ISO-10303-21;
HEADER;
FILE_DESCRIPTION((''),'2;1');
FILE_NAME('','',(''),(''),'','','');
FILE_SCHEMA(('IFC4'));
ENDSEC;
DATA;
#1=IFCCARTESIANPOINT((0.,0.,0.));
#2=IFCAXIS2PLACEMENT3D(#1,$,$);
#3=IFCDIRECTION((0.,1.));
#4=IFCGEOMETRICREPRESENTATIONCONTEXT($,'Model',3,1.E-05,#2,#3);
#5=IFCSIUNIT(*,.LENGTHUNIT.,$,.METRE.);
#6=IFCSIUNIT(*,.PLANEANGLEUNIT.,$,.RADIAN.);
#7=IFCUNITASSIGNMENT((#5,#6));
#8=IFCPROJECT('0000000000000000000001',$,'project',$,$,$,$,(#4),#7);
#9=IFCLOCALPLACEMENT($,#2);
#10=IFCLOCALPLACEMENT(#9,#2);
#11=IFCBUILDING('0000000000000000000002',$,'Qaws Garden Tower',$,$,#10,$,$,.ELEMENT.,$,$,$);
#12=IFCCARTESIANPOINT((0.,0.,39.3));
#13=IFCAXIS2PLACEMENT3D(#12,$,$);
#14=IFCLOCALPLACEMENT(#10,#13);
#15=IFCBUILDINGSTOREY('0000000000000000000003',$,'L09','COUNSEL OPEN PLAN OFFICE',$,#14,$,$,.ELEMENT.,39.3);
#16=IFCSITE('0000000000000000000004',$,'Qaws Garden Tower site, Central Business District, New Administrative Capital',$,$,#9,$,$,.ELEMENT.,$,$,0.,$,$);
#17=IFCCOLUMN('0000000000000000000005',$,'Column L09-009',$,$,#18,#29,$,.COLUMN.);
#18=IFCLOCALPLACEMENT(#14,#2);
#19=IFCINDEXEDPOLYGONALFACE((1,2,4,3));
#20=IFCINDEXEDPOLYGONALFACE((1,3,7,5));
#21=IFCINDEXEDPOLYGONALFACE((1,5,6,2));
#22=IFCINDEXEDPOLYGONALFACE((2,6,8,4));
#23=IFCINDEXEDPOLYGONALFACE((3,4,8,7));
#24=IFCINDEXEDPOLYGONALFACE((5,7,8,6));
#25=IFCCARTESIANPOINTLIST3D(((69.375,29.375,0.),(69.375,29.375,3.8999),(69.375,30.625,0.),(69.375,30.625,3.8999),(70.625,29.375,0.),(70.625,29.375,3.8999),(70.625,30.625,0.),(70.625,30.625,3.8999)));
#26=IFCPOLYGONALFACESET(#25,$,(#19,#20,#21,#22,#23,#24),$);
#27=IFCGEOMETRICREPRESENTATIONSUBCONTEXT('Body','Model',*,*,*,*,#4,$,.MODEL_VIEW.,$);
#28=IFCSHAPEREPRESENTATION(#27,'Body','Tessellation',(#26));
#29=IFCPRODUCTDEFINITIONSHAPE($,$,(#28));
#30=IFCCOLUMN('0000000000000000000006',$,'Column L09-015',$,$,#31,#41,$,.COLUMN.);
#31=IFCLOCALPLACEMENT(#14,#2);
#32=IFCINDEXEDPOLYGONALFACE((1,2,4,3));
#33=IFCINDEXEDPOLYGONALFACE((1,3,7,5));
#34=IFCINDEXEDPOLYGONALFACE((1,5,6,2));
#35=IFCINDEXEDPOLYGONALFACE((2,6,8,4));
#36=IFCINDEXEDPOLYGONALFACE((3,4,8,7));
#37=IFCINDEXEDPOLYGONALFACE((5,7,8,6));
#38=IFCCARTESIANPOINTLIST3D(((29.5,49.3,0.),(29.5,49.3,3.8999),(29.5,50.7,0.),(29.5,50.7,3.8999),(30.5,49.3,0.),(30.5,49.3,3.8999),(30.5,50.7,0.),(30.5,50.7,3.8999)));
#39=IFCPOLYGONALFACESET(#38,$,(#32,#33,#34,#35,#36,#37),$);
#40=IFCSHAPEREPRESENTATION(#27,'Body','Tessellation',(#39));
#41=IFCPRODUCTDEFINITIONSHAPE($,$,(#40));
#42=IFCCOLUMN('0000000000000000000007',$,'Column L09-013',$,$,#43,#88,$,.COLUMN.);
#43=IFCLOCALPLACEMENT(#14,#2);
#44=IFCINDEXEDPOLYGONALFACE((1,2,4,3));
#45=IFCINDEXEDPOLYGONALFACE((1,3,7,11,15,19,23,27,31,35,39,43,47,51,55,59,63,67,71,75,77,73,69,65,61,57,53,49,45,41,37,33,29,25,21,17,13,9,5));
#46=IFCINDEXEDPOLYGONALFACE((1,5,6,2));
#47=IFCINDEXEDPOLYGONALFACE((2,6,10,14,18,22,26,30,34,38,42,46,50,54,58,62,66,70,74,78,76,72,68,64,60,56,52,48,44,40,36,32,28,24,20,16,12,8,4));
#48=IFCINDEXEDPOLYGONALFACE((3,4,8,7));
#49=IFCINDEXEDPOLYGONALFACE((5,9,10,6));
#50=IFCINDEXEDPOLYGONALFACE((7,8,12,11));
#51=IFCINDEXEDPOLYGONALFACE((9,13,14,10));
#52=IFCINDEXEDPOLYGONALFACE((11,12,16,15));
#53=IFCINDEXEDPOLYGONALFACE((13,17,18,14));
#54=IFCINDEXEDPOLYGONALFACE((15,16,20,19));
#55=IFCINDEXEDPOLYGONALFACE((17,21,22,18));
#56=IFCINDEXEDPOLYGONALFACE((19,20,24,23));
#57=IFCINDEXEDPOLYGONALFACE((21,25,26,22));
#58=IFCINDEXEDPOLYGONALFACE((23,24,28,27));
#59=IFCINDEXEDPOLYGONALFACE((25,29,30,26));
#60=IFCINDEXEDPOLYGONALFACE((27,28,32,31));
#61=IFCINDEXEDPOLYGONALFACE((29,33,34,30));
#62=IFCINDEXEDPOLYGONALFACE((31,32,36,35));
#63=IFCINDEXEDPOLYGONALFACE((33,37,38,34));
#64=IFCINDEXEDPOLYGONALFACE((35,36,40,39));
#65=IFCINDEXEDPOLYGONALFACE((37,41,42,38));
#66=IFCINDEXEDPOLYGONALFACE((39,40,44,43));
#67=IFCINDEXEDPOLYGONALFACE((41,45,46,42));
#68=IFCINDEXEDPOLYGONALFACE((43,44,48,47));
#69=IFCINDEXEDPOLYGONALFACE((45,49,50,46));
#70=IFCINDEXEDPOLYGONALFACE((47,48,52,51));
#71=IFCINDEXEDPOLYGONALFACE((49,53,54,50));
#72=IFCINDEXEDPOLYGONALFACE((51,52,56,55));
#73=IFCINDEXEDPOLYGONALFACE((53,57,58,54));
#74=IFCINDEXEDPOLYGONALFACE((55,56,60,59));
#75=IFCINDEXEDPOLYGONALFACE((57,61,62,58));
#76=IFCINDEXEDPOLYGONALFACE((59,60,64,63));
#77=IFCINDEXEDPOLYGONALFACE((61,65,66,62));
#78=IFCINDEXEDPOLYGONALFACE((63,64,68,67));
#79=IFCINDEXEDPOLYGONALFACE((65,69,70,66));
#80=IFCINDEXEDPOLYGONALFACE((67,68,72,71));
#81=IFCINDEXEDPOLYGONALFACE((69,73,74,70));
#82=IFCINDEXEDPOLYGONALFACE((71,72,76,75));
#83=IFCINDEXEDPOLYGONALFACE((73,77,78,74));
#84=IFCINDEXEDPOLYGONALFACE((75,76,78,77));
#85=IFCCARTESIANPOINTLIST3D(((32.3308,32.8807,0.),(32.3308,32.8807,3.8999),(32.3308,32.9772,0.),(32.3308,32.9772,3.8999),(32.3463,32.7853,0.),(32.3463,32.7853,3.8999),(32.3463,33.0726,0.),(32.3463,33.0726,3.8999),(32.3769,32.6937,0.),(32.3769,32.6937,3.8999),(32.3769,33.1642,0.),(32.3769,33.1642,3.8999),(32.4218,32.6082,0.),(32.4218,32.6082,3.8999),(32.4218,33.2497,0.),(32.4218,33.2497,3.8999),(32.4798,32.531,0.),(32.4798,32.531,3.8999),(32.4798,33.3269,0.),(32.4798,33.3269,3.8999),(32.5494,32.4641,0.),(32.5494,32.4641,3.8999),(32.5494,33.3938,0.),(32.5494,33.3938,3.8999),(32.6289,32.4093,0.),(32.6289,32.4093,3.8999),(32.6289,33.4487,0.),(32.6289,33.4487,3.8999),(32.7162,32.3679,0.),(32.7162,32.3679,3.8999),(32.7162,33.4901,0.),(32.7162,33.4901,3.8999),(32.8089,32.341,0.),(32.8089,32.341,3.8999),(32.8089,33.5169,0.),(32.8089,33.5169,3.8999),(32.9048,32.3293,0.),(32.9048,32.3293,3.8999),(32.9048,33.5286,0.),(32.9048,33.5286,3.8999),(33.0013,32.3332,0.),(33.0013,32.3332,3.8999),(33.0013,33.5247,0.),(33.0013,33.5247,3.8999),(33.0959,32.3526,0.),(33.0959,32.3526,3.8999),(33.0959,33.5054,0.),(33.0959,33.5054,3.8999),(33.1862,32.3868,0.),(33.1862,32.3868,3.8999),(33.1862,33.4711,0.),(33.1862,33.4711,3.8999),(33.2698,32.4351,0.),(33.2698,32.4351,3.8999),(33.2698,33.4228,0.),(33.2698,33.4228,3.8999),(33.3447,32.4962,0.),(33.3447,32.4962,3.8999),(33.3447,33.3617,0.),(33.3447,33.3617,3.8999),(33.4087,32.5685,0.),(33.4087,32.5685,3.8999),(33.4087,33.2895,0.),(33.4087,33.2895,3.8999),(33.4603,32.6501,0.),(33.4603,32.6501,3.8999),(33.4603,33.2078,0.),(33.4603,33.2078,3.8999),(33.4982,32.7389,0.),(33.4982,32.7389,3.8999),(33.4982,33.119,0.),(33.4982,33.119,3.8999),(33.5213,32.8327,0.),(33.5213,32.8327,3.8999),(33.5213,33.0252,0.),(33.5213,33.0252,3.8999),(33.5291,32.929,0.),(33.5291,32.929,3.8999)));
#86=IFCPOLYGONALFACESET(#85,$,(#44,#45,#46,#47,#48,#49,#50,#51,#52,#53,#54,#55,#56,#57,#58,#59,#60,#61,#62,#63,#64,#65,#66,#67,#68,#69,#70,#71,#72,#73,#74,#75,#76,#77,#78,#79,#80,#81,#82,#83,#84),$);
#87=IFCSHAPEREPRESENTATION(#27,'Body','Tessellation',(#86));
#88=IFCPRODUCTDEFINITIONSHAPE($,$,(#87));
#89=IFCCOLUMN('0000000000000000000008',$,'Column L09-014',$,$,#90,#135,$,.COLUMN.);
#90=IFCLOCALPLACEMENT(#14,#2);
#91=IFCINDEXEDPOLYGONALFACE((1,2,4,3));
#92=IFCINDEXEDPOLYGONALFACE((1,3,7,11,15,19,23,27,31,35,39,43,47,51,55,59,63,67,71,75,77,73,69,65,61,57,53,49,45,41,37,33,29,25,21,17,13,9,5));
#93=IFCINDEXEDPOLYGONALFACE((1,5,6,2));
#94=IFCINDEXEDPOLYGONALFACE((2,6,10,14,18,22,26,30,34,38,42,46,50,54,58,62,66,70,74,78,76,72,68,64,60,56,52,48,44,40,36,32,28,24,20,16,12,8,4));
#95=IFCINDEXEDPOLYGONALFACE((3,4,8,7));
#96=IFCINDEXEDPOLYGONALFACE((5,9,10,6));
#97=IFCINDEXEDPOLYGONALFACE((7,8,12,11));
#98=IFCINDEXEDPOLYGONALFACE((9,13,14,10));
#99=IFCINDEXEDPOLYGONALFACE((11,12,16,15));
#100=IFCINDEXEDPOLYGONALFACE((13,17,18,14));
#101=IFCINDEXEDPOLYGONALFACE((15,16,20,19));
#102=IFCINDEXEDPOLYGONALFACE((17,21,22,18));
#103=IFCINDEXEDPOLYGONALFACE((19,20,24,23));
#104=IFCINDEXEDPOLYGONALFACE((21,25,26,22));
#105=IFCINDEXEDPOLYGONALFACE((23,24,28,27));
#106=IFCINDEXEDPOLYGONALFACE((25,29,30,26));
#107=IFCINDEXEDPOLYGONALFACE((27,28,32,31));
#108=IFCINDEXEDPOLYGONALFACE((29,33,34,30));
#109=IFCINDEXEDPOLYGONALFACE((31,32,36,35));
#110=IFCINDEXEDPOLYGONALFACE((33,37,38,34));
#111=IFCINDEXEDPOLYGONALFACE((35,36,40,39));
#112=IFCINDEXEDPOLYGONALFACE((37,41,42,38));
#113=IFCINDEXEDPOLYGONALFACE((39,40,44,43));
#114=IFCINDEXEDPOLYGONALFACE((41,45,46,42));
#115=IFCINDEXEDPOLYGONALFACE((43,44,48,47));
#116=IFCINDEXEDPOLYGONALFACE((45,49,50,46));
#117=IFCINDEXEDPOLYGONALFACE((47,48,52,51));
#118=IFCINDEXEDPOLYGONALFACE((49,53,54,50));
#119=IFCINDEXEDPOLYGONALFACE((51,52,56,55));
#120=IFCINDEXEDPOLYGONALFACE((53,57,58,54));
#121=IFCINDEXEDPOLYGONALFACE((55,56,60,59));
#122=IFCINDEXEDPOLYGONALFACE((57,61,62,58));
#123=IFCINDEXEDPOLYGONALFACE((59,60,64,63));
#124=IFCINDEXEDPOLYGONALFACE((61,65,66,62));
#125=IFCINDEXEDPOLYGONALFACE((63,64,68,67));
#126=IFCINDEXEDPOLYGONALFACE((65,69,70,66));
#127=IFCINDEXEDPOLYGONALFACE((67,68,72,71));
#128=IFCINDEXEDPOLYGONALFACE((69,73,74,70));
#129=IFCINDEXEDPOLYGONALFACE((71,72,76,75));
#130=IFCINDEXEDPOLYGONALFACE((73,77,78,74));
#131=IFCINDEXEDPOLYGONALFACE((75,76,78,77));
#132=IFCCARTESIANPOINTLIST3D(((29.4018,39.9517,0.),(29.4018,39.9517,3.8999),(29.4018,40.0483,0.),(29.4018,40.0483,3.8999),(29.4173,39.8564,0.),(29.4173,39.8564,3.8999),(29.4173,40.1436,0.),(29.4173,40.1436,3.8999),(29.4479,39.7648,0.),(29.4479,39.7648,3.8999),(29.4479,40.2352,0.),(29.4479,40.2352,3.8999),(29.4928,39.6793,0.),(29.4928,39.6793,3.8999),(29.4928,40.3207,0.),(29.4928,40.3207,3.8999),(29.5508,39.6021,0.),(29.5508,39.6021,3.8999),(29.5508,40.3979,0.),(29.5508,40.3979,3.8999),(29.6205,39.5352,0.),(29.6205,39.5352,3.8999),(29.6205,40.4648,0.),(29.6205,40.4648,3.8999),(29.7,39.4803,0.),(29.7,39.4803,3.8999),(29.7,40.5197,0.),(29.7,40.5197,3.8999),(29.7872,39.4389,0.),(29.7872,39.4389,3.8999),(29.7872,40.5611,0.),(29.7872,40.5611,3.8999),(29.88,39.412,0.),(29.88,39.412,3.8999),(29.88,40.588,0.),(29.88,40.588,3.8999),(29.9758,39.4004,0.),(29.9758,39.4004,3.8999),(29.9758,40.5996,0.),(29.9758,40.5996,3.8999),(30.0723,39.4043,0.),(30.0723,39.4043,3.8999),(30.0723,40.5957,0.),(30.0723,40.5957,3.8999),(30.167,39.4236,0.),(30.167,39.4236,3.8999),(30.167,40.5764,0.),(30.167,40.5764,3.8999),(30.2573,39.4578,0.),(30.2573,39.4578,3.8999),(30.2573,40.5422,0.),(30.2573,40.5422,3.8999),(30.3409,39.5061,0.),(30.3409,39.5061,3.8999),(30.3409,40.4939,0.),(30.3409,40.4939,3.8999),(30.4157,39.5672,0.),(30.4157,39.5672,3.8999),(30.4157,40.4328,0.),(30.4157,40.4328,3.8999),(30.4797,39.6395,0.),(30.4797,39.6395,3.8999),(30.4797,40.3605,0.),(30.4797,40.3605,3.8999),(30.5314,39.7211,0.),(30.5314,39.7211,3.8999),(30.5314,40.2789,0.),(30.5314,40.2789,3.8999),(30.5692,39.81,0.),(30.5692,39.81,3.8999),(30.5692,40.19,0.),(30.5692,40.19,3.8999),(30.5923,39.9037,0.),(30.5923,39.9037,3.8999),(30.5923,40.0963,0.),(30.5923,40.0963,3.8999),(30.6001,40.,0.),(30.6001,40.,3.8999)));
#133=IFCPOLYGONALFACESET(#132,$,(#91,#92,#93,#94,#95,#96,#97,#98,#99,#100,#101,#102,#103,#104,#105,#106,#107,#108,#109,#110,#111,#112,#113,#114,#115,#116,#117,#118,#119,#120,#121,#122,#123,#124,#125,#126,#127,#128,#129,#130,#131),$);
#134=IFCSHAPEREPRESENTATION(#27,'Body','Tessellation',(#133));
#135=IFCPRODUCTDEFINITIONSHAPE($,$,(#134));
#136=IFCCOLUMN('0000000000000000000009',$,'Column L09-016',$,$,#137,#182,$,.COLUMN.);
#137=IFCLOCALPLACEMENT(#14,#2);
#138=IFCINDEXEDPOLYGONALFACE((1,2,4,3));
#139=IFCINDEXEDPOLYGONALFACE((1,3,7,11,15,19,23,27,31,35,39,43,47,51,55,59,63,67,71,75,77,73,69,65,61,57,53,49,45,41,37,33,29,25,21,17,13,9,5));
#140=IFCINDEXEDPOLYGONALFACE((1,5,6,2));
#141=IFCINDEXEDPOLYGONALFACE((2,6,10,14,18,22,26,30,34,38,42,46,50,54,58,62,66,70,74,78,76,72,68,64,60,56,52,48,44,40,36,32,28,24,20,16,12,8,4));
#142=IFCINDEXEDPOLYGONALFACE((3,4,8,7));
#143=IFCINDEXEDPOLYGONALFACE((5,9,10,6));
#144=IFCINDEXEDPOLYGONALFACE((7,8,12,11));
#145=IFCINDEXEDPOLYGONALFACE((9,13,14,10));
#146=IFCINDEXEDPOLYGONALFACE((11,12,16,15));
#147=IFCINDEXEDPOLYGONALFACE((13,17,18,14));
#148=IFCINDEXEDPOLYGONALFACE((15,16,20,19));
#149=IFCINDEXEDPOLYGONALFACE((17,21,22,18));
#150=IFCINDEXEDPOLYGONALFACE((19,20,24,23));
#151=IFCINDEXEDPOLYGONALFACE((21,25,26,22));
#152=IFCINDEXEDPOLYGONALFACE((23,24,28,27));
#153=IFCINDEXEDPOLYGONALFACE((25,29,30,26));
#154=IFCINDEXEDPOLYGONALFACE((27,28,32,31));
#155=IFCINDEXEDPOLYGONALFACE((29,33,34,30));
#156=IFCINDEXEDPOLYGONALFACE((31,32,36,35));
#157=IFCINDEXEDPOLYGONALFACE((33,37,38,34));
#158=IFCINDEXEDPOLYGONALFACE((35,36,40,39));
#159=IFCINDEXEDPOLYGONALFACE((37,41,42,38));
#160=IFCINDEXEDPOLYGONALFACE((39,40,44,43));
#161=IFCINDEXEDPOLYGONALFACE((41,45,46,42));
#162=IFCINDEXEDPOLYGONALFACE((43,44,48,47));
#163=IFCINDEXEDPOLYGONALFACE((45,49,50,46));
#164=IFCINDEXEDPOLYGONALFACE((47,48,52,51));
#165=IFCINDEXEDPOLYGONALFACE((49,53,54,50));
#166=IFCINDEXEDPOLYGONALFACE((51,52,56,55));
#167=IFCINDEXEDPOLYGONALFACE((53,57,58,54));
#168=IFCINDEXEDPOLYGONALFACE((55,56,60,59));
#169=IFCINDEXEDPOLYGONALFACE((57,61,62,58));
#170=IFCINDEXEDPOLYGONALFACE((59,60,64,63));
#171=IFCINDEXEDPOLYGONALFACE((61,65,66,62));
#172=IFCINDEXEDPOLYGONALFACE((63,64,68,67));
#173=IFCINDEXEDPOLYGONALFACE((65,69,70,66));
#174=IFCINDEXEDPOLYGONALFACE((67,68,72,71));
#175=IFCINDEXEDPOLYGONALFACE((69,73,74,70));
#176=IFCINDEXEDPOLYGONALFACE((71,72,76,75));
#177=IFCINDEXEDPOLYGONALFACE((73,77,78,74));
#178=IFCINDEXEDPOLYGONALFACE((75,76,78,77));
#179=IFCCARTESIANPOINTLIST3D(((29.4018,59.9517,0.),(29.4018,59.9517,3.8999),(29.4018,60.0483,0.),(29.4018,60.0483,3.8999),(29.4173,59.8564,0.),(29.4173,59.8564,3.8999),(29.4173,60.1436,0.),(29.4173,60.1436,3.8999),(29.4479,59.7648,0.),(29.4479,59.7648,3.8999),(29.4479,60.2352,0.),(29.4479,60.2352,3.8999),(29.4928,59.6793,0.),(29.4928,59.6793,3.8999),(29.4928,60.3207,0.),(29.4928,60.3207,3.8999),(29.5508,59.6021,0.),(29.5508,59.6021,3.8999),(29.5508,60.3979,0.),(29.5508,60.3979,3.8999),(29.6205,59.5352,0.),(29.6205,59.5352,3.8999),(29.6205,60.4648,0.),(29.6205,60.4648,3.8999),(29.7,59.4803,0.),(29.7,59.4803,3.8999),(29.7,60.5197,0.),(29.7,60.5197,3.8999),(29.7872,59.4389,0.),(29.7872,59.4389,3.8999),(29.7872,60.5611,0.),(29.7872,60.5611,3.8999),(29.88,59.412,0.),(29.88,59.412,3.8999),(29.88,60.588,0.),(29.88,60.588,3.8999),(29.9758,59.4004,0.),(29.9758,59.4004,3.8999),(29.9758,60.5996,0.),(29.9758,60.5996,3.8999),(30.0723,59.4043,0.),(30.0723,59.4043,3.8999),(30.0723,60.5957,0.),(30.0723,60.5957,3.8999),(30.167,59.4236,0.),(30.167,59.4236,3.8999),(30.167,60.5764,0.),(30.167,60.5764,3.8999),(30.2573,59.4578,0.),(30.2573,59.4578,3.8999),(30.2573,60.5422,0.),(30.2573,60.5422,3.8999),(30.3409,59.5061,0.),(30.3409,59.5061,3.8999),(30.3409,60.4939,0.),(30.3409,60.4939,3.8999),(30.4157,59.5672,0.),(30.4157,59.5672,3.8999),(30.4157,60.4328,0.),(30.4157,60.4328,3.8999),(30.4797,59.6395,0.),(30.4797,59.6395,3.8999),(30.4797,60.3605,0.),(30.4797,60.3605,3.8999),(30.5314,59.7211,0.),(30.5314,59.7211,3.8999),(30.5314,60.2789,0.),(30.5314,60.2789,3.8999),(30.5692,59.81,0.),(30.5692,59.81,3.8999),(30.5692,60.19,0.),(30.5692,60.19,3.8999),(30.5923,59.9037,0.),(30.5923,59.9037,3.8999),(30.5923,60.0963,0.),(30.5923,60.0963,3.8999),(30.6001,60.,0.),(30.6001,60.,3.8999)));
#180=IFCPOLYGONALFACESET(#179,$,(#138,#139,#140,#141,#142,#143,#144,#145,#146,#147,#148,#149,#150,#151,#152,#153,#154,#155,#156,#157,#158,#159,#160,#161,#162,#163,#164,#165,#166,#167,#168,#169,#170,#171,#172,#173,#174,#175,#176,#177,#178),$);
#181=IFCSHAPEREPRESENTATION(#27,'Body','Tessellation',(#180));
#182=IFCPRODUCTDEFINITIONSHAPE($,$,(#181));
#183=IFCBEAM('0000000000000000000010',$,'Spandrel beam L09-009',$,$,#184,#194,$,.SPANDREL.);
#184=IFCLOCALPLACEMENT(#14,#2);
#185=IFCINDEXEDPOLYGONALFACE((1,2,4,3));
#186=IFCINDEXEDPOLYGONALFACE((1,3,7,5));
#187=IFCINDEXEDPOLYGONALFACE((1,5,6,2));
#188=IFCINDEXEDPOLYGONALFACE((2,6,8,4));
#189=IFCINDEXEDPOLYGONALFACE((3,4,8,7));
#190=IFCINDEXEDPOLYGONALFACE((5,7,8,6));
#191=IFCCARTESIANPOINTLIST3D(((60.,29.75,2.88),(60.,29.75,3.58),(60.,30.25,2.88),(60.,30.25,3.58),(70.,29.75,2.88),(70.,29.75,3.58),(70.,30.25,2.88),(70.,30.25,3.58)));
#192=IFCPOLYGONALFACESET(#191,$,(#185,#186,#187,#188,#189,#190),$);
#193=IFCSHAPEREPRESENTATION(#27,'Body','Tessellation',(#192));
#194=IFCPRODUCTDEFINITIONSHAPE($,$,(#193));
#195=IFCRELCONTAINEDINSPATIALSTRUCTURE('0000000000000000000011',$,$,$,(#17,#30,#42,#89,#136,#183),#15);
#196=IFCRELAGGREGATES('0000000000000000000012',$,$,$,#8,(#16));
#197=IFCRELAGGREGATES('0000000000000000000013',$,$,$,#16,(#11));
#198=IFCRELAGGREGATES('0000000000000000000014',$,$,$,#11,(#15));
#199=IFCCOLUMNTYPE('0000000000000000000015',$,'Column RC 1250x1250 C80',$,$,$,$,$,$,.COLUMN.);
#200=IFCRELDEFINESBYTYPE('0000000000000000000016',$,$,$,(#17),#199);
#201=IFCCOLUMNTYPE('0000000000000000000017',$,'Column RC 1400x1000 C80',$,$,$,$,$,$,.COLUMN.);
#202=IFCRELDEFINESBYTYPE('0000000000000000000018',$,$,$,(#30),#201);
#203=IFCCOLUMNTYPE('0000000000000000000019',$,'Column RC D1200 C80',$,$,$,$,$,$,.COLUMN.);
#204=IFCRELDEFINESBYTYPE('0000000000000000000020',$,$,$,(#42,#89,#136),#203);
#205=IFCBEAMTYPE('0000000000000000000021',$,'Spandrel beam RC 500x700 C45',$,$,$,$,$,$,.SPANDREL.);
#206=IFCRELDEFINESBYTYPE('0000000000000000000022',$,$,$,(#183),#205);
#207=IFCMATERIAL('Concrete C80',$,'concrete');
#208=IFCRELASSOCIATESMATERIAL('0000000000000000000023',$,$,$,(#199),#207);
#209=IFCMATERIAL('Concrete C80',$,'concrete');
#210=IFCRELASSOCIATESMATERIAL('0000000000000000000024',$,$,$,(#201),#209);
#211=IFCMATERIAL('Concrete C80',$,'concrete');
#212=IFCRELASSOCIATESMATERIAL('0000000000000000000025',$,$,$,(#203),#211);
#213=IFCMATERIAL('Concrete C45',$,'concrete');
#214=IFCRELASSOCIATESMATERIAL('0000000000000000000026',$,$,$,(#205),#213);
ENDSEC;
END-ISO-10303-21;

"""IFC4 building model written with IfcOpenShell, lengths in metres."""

from ifc_helpers import new_model, si_unit, direction, frame, origin, origin_2d, place, context, subcontext, project, spatial, rectangle, circle, extrude, material, material_profile, profile_set, type_object, element, save


model = new_model("IFC4")

# Units and contexts
model_context = context("Model", 3, precision=1e-05, world=origin(), true_north=direction((0.0, 1.0)))
body_context = subcontext(model_context, "Body", "Model", "MODEL_VIEW")
ifc_project = project(units=[si_unit("LENGTHUNIT", "METRE"), si_unit("PLANEANGLEUNIT", "RADIAN")], contexts=[model_context])

# Site, building, storey
site_placement = place(None, origin())
site = spatial("IfcSite", under=ifc_project, at=site_placement, Name="Qaws Garden Tower site, Central Business District, New Administrative Capital", CompositionType="ELEMENT", RefElevation=0.0)
building_placement = place(site_placement, origin())
building = spatial("IfcBuilding", under=site, at=building_placement, Name="Qaws Garden Tower", CompositionType="ELEMENT")
storey_placement = place(building_placement, frame((0.0, 0.0, 39.3)))
storey = spatial("IfcBuildingStorey", under=building, at=storey_placement, Name="L09", Description="COUNSEL OPEN PLAN OFFICE", CompositionType="ELEMENT", Elevation=39.3)

# Columns
ifc_material_1 = material(Name="Concrete C80", Category="concrete")
ifc_material_profile_1 = material_profile(ifc_material_1, rectangle(XDim=1.25, YDim=1.25, at=origin_2d()), Name="RC 1250x1250")
ifc_profile_set_1 = profile_set([ifc_material_profile_1], Name="Concrete C80")
column_type_1 = type_object("IfcColumnType", Name="Column RC 1250x1250 C80", PredefinedType="COLUMN", material=ifc_profile_set_1)
column_1_placement = place(storey_placement, frame((70.0, 30.0, 0.0), z_axis=(0.0, 0.0, 1.0), x_axis=(1.0, 0.0, 0.0)))
element("IfcColumn", 1, at=column_1_placement, inside=storey, type_object=column_type_1, Name="Column L09-009", PredefinedType="COLUMN", context=body_context, shape_type="SweptSolid", body=[
    extrude(rectangle(XDim=1.25, YDim=1.25, at=origin_2d()), origin(), (0.0, 0.0, 1.0), 3.8999),
])
ifc_material_2 = material(Name="Concrete C80", Category="concrete")
ifc_material_profile_2 = material_profile(ifc_material_2, rectangle(XDim=1.3999, YDim=1.0, at=origin_2d()), Name="RC 1400x1000")
ifc_profile_set_2 = profile_set([ifc_material_profile_2], Name="Concrete C80")
column_type_2 = type_object("IfcColumnType", Name="Column RC 1400x1000 C80", PredefinedType="COLUMN", material=ifc_profile_set_2)
column_2_placement = place(storey_placement, frame((30.0, 50.0, 0.0), z_axis=(0.0, 0.0, 1.0), x_axis=(0.0, 1.0, 0.0)))
element("IfcColumn", 2, at=column_2_placement, inside=storey, type_object=column_type_2, Name="Column L09-015", PredefinedType="COLUMN", context=body_context, shape_type="SweptSolid", body=[
    extrude(rectangle(XDim=1.3999, YDim=1.0, at=origin_2d()), origin(), (0.0, 0.0, 1.0), 3.8999),
])
ifc_material_3 = material(Name="Concrete C80", Category="concrete")
ifc_material_profile_3 = material_profile(ifc_material_3, circle(Radius=0.6001, at=origin_2d()), Name="RC D1200")
ifc_profile_set_3 = profile_set([ifc_material_profile_3], Name="Concrete C80")
column_type_3 = type_object("IfcColumnType", Name="Column RC D1200 C80", PredefinedType="COLUMN", material=ifc_profile_set_3)
for number, where, z_axis, x_axis, name in (
    (3, (32.929, 32.929, 0.0), (0.0, 0.0, 1.0), (1.0, 0.0, 0.0), "Column L09-013"),
    (4, (30.0, 40.0, 0.0), (0.0, 0.0, 1.0), (1.0, 0.0, 0.0), "Column L09-014"),
    (5, (30.0, 60.0, 0.0), (0.0, 0.0, 1.0), (1.0, 0.0, 0.0), "Column L09-016"),
):
    element("IfcColumn", number, at=place(storey_placement, frame(where, z_axis=z_axis, x_axis=x_axis)), inside=storey, type_object=column_type_3, Name=name, PredefinedType="COLUMN", context=body_context, shape_type="SweptSolid", body=[
        extrude(circle(Radius=0.6001, at=origin_2d()), origin(), (0.0, 0.0, 1.0), 3.8999),
    ])

# Beam
ifc_material_4 = material(Name="Concrete C45", Category="concrete")
ifc_material_profile_4 = material_profile(ifc_material_4, rectangle(XDim=0.5, YDim=0.7, at=origin_2d()), Name="RC 500x700")
ifc_profile_set_4 = profile_set([ifc_material_profile_4], Name="Concrete C45")
beam_type = type_object("IfcBeamType", Name="Spandrel beam RC 500x700 C45", PredefinedType="SPANDREL", material=ifc_profile_set_4)
beam_1_placement = place(storey_placement, frame((70.0, 30.0, 3.23), z_axis=(-1.0, 0.0, 0.0), x_axis=(0.0, -1.0, 0.0)))
element("IfcBeam", 6, at=beam_1_placement, inside=storey, type_object=beam_type, Name="Spandrel beam L09-009", PredefinedType="SPANDREL", context=body_context, shape_type="SweptSolid", body=[
    extrude(rectangle(XDim=0.5, YDim=0.7, at=origin_2d()), origin(), (0.0, 0.0, 1.0), 10.0),
])

save(model, "model.ifc")
